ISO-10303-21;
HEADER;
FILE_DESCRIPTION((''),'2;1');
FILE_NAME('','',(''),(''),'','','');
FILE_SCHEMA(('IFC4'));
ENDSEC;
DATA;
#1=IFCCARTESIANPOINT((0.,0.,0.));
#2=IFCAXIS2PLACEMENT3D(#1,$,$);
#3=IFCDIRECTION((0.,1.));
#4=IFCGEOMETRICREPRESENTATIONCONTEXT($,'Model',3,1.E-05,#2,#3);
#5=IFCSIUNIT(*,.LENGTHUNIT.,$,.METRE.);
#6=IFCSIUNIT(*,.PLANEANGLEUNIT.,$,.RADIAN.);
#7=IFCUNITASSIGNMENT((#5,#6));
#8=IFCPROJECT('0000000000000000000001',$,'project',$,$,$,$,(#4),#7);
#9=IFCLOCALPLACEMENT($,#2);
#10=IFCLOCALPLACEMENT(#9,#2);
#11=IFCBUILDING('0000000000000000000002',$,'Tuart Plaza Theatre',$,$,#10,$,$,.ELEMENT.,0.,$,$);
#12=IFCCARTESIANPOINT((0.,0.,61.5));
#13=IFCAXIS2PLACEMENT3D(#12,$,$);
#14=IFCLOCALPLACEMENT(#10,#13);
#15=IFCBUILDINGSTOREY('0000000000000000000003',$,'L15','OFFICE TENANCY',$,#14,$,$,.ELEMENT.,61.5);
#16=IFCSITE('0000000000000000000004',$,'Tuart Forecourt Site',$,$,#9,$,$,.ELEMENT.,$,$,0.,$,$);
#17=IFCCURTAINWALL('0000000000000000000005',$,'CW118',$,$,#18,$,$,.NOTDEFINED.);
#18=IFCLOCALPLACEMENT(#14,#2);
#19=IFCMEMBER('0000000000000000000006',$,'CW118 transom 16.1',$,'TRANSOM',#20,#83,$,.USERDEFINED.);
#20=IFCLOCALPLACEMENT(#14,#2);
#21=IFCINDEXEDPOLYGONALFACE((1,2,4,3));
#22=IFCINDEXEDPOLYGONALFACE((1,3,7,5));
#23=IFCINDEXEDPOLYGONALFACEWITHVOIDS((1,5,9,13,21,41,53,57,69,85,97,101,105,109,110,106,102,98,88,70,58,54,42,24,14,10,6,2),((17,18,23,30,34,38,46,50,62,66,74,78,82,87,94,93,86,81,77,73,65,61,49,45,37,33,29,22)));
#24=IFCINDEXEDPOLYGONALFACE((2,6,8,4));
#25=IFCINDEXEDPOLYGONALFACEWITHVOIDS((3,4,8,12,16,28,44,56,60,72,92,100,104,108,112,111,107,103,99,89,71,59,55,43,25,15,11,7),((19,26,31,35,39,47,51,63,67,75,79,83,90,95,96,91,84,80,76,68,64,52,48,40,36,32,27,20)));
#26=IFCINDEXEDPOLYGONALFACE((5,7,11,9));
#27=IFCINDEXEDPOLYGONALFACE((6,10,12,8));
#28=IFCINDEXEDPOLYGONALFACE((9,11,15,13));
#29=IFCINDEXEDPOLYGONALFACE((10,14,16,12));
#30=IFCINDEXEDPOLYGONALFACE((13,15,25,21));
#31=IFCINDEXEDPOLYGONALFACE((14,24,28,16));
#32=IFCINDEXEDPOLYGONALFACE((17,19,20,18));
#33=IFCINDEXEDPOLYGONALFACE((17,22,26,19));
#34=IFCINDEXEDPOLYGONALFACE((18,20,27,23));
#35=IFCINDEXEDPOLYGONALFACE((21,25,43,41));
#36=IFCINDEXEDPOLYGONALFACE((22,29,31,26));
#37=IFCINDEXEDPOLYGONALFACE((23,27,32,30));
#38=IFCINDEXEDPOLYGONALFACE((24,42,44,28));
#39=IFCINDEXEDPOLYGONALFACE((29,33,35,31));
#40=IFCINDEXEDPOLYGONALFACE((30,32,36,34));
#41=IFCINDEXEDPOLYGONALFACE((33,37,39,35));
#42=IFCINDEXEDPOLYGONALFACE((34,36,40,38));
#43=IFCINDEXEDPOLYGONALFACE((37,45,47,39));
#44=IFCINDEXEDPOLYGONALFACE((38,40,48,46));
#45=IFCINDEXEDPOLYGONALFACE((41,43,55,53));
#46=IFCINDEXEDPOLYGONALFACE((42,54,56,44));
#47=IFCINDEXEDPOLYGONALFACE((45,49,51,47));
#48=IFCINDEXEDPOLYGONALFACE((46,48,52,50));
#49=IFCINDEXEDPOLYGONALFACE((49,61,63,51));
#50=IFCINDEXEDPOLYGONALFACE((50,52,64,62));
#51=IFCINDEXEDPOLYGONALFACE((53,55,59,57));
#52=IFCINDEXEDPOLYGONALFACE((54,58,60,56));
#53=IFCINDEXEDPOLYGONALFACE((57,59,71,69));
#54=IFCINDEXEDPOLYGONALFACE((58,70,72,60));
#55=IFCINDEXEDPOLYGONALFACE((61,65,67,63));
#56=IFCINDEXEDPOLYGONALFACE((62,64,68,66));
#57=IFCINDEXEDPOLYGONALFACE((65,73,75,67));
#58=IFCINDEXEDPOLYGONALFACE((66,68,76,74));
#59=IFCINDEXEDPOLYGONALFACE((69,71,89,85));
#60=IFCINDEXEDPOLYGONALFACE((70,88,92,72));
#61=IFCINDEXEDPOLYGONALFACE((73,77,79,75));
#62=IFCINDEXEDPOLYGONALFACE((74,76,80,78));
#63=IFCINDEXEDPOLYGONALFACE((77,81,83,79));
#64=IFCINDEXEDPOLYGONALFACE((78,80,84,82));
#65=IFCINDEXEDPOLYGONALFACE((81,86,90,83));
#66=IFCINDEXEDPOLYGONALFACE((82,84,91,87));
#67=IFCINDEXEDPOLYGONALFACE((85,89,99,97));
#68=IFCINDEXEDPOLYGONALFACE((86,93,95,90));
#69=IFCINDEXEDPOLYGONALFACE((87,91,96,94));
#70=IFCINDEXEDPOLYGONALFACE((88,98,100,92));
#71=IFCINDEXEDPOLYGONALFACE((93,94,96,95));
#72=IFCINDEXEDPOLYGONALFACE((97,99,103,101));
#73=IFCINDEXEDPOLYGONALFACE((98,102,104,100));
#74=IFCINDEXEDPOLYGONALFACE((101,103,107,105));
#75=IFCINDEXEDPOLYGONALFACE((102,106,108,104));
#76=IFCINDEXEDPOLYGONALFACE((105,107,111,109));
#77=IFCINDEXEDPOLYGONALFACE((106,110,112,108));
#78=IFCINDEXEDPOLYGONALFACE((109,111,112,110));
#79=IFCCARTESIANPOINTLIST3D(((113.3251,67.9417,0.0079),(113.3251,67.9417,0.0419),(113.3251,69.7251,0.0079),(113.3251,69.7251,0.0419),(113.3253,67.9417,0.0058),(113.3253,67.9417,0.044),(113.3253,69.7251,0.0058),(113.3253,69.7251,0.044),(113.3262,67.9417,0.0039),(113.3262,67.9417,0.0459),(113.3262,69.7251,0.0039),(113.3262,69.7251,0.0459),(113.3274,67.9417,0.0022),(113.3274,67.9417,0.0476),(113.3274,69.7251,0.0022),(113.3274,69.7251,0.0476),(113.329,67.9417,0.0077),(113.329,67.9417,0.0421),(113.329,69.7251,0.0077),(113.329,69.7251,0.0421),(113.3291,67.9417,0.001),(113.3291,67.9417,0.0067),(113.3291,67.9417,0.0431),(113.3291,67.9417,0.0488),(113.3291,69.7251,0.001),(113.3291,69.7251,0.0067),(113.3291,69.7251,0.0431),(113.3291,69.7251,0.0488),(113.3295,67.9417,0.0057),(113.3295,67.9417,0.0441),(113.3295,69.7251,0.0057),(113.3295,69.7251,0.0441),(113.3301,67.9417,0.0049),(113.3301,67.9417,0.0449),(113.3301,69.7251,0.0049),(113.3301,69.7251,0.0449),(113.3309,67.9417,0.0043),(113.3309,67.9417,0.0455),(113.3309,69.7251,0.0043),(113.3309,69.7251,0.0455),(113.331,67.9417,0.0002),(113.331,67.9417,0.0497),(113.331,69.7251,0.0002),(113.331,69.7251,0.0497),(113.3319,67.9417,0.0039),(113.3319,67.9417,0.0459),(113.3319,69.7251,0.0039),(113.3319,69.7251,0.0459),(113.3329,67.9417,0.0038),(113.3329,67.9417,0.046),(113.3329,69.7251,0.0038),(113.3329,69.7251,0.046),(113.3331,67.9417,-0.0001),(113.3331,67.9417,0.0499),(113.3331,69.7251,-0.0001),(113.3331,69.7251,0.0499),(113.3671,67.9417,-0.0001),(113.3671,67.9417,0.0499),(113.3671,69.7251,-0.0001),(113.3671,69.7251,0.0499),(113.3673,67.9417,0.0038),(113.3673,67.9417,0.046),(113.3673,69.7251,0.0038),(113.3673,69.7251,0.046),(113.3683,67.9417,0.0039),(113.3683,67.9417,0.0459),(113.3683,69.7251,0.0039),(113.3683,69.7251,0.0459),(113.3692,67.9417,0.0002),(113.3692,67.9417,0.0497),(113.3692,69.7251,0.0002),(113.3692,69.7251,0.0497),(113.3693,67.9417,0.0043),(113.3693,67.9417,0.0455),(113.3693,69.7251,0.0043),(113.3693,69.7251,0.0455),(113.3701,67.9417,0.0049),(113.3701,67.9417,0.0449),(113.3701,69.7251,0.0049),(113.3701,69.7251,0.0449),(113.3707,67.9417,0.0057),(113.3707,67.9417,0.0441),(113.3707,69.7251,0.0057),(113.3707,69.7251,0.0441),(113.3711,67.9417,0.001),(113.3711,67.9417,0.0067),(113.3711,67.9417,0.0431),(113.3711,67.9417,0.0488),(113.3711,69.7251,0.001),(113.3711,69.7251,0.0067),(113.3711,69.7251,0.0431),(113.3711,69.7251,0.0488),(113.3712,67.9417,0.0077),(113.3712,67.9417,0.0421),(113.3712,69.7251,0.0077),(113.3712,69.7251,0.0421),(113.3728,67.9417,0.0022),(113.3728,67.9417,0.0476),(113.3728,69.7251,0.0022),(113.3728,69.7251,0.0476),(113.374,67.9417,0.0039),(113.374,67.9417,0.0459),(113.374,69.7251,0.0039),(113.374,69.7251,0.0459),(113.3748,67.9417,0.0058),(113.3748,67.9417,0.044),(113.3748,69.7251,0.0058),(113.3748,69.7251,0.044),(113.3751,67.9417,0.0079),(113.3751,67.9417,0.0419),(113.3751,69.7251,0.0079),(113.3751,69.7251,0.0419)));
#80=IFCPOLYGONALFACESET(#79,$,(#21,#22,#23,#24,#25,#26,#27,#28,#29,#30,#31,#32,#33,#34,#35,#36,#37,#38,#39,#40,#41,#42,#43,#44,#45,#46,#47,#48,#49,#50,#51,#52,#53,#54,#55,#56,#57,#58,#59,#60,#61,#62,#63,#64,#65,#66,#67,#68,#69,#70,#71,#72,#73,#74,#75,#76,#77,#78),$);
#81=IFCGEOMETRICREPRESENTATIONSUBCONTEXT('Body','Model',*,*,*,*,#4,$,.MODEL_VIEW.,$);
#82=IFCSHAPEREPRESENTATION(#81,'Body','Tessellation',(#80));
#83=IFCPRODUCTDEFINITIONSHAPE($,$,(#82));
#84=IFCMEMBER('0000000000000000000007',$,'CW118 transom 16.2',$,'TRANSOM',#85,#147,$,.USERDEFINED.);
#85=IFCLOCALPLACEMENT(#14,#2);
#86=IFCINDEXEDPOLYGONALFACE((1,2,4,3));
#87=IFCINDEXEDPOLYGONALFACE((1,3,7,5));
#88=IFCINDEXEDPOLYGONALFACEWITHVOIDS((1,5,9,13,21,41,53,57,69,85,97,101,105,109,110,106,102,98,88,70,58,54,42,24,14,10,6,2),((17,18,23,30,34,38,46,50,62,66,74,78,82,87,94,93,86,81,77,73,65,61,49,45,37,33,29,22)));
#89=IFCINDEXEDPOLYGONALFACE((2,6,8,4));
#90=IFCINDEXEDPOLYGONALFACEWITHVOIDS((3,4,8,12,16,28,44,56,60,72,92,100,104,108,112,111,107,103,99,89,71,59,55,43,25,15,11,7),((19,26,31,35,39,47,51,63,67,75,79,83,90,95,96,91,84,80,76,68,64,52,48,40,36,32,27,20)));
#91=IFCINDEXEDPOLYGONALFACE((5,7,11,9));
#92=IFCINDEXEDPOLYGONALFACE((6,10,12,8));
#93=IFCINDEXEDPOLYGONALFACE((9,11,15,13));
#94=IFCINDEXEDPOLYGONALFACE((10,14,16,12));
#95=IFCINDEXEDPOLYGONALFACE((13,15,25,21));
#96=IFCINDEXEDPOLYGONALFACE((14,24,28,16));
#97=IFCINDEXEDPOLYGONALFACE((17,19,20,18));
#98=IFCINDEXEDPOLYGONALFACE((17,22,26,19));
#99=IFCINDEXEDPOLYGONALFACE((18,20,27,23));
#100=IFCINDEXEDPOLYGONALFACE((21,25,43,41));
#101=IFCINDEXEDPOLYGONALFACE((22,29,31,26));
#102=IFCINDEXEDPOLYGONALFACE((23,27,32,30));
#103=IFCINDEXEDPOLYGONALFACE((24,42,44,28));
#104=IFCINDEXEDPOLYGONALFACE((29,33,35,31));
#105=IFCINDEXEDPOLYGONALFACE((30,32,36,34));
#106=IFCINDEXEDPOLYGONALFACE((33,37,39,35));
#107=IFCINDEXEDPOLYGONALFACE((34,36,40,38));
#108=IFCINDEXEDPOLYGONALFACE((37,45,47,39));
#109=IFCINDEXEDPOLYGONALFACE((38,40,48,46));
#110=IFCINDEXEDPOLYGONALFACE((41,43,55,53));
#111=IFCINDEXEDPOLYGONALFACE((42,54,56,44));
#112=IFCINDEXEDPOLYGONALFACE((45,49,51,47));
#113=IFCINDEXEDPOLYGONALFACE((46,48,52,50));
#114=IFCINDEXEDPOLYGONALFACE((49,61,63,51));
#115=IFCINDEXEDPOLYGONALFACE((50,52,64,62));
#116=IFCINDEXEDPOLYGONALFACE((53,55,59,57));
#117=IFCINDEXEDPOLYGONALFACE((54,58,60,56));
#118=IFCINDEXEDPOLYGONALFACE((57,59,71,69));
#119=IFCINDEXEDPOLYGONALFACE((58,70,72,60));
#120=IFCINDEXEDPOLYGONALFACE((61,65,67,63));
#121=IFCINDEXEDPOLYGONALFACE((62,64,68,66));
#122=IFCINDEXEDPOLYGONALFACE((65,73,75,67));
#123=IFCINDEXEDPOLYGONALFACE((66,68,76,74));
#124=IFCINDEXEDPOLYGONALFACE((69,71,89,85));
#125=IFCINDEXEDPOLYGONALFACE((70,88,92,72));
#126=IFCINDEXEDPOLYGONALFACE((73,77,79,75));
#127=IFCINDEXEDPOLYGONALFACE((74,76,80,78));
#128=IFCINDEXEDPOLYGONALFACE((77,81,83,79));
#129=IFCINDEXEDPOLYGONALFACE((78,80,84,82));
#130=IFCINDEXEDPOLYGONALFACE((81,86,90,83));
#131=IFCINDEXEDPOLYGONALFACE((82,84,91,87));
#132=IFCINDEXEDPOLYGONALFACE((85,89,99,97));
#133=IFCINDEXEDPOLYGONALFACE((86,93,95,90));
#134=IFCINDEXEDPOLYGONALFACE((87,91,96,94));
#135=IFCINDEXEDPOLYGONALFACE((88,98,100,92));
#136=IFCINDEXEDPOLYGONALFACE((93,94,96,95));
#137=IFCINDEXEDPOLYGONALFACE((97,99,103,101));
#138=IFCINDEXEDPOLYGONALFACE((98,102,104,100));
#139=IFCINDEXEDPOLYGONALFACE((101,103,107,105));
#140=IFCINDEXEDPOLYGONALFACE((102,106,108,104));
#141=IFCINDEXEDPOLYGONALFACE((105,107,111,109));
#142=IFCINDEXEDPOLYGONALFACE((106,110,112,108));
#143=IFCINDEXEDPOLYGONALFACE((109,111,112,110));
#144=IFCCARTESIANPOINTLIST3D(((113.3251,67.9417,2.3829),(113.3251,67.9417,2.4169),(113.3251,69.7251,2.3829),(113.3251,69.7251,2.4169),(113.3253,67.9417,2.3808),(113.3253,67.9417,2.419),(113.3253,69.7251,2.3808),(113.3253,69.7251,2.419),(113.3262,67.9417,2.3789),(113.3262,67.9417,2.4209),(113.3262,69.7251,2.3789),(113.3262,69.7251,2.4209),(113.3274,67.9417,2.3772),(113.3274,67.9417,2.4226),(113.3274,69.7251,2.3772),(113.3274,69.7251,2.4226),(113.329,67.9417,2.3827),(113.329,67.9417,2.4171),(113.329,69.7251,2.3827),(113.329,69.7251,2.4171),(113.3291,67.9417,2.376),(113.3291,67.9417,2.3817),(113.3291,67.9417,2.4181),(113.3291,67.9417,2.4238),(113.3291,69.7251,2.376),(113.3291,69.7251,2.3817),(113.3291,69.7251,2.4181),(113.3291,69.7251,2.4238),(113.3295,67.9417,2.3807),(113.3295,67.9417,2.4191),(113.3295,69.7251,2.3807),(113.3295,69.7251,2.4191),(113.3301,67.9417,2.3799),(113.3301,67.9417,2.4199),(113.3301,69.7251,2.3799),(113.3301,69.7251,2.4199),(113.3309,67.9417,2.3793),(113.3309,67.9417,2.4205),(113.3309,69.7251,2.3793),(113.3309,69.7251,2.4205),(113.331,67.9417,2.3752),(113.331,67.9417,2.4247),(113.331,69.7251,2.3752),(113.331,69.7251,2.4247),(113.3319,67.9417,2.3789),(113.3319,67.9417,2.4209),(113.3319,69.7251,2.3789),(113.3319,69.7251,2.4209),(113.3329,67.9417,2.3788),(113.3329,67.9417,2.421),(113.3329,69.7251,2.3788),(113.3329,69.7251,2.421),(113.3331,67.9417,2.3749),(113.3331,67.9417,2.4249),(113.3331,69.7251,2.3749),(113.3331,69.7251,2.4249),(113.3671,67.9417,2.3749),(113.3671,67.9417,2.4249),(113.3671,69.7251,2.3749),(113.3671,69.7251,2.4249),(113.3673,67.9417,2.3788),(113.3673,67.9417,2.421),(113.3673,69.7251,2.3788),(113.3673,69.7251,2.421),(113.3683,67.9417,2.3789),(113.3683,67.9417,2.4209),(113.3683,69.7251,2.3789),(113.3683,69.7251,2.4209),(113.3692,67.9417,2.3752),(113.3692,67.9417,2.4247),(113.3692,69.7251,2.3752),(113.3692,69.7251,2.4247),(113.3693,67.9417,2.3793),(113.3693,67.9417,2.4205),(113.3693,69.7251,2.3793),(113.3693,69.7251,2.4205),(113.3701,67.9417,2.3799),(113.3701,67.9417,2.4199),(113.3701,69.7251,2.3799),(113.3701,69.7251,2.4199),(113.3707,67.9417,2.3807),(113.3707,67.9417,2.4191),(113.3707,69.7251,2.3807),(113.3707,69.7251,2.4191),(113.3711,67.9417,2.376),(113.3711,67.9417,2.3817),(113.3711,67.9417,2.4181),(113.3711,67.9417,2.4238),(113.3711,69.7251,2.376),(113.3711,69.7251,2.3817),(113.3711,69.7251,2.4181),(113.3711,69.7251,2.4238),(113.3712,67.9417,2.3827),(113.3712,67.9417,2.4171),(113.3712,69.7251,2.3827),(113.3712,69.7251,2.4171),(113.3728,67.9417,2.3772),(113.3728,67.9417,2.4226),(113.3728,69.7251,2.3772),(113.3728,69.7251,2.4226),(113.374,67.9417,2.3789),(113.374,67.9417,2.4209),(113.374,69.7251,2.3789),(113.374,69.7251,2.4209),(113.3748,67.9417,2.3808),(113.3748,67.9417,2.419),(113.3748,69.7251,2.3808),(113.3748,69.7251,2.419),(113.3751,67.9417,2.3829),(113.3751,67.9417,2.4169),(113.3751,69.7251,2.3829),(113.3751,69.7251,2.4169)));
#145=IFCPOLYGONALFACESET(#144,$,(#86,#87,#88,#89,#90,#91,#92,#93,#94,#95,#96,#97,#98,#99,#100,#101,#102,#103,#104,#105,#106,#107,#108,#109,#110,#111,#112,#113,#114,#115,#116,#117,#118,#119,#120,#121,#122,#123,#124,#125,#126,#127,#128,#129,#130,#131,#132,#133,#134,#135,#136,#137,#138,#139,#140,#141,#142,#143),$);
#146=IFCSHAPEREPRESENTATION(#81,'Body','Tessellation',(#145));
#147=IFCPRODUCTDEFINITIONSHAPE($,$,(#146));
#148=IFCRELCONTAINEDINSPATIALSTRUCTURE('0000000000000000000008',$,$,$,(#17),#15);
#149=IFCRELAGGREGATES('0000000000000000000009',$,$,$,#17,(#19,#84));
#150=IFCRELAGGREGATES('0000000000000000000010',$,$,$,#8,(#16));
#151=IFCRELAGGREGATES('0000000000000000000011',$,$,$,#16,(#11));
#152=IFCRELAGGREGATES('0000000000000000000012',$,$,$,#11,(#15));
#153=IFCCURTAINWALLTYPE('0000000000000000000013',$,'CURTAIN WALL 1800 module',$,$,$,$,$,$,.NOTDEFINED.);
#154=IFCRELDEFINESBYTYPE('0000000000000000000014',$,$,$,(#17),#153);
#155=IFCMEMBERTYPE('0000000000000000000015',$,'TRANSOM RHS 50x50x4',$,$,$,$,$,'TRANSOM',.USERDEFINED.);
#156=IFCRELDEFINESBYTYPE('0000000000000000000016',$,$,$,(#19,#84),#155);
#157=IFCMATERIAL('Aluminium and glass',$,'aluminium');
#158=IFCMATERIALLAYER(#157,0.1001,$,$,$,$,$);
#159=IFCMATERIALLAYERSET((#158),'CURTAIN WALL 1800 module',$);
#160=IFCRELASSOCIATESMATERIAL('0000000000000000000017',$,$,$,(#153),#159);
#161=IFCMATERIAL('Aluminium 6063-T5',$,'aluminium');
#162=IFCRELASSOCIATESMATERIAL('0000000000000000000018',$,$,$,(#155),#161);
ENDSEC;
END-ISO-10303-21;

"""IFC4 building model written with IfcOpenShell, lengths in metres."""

from ifc_helpers import new_model, si_unit, direction, frame, origin, origin_2d, place, context, subcontext, project, spatial, hollow_rectangle, extrude, material, layer, layer_set, material_profile, profile_set, type_object, element, aggregate, save


model = new_model("IFC4")

# Units and contexts
model_context = context("Model", 3, precision=1e-05, world=origin(), true_north=direction((0.0, 1.0)))
body_context = subcontext(model_context, "Body", "Model", "MODEL_VIEW")
ifc_project = project(units=[si_unit("LENGTHUNIT", "METRE"), si_unit("PLANEANGLEUNIT", "RADIAN")], contexts=[model_context])

# Site, building, storey
site_placement = place(None, origin())
site = spatial("IfcSite", under=ifc_project, at=site_placement, Name="Tuart Forecourt Site", CompositionType="ELEMENT", RefElevation=0.0)
building_placement = place(site_placement, origin())
building = spatial("IfcBuilding", under=site, at=building_placement, Name="Tuart Plaza Theatre", CompositionType="ELEMENT", ElevationOfRefHeight=0.0)
storey_placement = place(building_placement, frame((0.0, 0.0, 61.5)))
storey = spatial("IfcBuildingStorey", under=building, at=storey_placement, Name="L15", Description="OFFICE TENANCY", CompositionType="ELEMENT", Elevation=61.5)

# Curtain wall, members
ifc_material_1 = material(Name="Aluminium and glass", Category="aluminium")
ifc_layer_1 = layer(ifc_material_1, 0.1001)
ifc_layer_set_1 = layer_set([ifc_layer_1], Name="CURTAIN WALL 1800 module")
curtain_wall_type = type_object("IfcCurtainWallType", Name="CURTAIN WALL 1800 module", PredefinedType="NOTDEFINED", material=ifc_layer_set_1)
curtain_wall_placement = place(storey_placement, origin())
curtain_wall = element("IfcCurtainWall", 1, at=curtain_wall_placement, inside=storey, type_object=curtain_wall_type, Name="CW118", PredefinedType="NOTDEFINED")
ifc_material_2 = material(Name="Aluminium 6063-T5", Category="aluminium")
ifc_material_profile = material_profile(ifc_material_2, hollow_rectangle(XDim=0.05, YDim=0.05, WallThickness=0.0039, InnerFilletRadius=0.0039, OuterFilletRadius=0.0081, at=origin_2d()), Name="RHS 50x50x4")
ifc_profile_set = profile_set([ifc_material_profile], Name="Aluminium 6063-T5")
member_type = type_object("IfcMemberType", Name="TRANSOM RHS 50x50x4", ElementType="TRANSOM", PredefinedType="USERDEFINED", material=ifc_profile_set)
member_1_placement = place(storey_placement, frame((113.3501, 69.7251, 0.0249), z_axis=(0.0, -1.0, 0.0), x_axis=(1.0, 0.0, 0.0)))
member_1 = element("IfcMember", 2, at=member_1_placement, type_object=member_type, Name="CW118 transom 16.1", ObjectType="TRANSOM", PredefinedType="USERDEFINED", context=body_context, shape_type="SweptSolid", body=[
    extrude(hollow_rectangle(XDim=0.05, YDim=0.05, WallThickness=0.0039, InnerFilletRadius=0.0039, OuterFilletRadius=0.0081, at=origin_2d()), origin(), (0.0, 0.0, 1.0), 1.7834),
])
member_2_placement = place(storey_placement, frame((113.3501, 69.7251, 2.3999), z_axis=(0.0, -1.0, 0.0), x_axis=(1.0, 0.0, 0.0)))
member_2 = element("IfcMember", 3, at=member_2_placement, type_object=member_type, Name="CW118 transom 16.2", ObjectType="TRANSOM", PredefinedType="USERDEFINED", context=body_context, shape_type="SweptSolid", body=[
    extrude(hollow_rectangle(XDim=0.05, YDim=0.05, WallThickness=0.0039, InnerFilletRadius=0.0039, OuterFilletRadius=0.0081, at=origin_2d()), origin(), (0.0, 0.0, 1.0), 1.7834),
])
aggregate(curtain_wall, [member_1, member_2])

save(model, "model.ifc")
